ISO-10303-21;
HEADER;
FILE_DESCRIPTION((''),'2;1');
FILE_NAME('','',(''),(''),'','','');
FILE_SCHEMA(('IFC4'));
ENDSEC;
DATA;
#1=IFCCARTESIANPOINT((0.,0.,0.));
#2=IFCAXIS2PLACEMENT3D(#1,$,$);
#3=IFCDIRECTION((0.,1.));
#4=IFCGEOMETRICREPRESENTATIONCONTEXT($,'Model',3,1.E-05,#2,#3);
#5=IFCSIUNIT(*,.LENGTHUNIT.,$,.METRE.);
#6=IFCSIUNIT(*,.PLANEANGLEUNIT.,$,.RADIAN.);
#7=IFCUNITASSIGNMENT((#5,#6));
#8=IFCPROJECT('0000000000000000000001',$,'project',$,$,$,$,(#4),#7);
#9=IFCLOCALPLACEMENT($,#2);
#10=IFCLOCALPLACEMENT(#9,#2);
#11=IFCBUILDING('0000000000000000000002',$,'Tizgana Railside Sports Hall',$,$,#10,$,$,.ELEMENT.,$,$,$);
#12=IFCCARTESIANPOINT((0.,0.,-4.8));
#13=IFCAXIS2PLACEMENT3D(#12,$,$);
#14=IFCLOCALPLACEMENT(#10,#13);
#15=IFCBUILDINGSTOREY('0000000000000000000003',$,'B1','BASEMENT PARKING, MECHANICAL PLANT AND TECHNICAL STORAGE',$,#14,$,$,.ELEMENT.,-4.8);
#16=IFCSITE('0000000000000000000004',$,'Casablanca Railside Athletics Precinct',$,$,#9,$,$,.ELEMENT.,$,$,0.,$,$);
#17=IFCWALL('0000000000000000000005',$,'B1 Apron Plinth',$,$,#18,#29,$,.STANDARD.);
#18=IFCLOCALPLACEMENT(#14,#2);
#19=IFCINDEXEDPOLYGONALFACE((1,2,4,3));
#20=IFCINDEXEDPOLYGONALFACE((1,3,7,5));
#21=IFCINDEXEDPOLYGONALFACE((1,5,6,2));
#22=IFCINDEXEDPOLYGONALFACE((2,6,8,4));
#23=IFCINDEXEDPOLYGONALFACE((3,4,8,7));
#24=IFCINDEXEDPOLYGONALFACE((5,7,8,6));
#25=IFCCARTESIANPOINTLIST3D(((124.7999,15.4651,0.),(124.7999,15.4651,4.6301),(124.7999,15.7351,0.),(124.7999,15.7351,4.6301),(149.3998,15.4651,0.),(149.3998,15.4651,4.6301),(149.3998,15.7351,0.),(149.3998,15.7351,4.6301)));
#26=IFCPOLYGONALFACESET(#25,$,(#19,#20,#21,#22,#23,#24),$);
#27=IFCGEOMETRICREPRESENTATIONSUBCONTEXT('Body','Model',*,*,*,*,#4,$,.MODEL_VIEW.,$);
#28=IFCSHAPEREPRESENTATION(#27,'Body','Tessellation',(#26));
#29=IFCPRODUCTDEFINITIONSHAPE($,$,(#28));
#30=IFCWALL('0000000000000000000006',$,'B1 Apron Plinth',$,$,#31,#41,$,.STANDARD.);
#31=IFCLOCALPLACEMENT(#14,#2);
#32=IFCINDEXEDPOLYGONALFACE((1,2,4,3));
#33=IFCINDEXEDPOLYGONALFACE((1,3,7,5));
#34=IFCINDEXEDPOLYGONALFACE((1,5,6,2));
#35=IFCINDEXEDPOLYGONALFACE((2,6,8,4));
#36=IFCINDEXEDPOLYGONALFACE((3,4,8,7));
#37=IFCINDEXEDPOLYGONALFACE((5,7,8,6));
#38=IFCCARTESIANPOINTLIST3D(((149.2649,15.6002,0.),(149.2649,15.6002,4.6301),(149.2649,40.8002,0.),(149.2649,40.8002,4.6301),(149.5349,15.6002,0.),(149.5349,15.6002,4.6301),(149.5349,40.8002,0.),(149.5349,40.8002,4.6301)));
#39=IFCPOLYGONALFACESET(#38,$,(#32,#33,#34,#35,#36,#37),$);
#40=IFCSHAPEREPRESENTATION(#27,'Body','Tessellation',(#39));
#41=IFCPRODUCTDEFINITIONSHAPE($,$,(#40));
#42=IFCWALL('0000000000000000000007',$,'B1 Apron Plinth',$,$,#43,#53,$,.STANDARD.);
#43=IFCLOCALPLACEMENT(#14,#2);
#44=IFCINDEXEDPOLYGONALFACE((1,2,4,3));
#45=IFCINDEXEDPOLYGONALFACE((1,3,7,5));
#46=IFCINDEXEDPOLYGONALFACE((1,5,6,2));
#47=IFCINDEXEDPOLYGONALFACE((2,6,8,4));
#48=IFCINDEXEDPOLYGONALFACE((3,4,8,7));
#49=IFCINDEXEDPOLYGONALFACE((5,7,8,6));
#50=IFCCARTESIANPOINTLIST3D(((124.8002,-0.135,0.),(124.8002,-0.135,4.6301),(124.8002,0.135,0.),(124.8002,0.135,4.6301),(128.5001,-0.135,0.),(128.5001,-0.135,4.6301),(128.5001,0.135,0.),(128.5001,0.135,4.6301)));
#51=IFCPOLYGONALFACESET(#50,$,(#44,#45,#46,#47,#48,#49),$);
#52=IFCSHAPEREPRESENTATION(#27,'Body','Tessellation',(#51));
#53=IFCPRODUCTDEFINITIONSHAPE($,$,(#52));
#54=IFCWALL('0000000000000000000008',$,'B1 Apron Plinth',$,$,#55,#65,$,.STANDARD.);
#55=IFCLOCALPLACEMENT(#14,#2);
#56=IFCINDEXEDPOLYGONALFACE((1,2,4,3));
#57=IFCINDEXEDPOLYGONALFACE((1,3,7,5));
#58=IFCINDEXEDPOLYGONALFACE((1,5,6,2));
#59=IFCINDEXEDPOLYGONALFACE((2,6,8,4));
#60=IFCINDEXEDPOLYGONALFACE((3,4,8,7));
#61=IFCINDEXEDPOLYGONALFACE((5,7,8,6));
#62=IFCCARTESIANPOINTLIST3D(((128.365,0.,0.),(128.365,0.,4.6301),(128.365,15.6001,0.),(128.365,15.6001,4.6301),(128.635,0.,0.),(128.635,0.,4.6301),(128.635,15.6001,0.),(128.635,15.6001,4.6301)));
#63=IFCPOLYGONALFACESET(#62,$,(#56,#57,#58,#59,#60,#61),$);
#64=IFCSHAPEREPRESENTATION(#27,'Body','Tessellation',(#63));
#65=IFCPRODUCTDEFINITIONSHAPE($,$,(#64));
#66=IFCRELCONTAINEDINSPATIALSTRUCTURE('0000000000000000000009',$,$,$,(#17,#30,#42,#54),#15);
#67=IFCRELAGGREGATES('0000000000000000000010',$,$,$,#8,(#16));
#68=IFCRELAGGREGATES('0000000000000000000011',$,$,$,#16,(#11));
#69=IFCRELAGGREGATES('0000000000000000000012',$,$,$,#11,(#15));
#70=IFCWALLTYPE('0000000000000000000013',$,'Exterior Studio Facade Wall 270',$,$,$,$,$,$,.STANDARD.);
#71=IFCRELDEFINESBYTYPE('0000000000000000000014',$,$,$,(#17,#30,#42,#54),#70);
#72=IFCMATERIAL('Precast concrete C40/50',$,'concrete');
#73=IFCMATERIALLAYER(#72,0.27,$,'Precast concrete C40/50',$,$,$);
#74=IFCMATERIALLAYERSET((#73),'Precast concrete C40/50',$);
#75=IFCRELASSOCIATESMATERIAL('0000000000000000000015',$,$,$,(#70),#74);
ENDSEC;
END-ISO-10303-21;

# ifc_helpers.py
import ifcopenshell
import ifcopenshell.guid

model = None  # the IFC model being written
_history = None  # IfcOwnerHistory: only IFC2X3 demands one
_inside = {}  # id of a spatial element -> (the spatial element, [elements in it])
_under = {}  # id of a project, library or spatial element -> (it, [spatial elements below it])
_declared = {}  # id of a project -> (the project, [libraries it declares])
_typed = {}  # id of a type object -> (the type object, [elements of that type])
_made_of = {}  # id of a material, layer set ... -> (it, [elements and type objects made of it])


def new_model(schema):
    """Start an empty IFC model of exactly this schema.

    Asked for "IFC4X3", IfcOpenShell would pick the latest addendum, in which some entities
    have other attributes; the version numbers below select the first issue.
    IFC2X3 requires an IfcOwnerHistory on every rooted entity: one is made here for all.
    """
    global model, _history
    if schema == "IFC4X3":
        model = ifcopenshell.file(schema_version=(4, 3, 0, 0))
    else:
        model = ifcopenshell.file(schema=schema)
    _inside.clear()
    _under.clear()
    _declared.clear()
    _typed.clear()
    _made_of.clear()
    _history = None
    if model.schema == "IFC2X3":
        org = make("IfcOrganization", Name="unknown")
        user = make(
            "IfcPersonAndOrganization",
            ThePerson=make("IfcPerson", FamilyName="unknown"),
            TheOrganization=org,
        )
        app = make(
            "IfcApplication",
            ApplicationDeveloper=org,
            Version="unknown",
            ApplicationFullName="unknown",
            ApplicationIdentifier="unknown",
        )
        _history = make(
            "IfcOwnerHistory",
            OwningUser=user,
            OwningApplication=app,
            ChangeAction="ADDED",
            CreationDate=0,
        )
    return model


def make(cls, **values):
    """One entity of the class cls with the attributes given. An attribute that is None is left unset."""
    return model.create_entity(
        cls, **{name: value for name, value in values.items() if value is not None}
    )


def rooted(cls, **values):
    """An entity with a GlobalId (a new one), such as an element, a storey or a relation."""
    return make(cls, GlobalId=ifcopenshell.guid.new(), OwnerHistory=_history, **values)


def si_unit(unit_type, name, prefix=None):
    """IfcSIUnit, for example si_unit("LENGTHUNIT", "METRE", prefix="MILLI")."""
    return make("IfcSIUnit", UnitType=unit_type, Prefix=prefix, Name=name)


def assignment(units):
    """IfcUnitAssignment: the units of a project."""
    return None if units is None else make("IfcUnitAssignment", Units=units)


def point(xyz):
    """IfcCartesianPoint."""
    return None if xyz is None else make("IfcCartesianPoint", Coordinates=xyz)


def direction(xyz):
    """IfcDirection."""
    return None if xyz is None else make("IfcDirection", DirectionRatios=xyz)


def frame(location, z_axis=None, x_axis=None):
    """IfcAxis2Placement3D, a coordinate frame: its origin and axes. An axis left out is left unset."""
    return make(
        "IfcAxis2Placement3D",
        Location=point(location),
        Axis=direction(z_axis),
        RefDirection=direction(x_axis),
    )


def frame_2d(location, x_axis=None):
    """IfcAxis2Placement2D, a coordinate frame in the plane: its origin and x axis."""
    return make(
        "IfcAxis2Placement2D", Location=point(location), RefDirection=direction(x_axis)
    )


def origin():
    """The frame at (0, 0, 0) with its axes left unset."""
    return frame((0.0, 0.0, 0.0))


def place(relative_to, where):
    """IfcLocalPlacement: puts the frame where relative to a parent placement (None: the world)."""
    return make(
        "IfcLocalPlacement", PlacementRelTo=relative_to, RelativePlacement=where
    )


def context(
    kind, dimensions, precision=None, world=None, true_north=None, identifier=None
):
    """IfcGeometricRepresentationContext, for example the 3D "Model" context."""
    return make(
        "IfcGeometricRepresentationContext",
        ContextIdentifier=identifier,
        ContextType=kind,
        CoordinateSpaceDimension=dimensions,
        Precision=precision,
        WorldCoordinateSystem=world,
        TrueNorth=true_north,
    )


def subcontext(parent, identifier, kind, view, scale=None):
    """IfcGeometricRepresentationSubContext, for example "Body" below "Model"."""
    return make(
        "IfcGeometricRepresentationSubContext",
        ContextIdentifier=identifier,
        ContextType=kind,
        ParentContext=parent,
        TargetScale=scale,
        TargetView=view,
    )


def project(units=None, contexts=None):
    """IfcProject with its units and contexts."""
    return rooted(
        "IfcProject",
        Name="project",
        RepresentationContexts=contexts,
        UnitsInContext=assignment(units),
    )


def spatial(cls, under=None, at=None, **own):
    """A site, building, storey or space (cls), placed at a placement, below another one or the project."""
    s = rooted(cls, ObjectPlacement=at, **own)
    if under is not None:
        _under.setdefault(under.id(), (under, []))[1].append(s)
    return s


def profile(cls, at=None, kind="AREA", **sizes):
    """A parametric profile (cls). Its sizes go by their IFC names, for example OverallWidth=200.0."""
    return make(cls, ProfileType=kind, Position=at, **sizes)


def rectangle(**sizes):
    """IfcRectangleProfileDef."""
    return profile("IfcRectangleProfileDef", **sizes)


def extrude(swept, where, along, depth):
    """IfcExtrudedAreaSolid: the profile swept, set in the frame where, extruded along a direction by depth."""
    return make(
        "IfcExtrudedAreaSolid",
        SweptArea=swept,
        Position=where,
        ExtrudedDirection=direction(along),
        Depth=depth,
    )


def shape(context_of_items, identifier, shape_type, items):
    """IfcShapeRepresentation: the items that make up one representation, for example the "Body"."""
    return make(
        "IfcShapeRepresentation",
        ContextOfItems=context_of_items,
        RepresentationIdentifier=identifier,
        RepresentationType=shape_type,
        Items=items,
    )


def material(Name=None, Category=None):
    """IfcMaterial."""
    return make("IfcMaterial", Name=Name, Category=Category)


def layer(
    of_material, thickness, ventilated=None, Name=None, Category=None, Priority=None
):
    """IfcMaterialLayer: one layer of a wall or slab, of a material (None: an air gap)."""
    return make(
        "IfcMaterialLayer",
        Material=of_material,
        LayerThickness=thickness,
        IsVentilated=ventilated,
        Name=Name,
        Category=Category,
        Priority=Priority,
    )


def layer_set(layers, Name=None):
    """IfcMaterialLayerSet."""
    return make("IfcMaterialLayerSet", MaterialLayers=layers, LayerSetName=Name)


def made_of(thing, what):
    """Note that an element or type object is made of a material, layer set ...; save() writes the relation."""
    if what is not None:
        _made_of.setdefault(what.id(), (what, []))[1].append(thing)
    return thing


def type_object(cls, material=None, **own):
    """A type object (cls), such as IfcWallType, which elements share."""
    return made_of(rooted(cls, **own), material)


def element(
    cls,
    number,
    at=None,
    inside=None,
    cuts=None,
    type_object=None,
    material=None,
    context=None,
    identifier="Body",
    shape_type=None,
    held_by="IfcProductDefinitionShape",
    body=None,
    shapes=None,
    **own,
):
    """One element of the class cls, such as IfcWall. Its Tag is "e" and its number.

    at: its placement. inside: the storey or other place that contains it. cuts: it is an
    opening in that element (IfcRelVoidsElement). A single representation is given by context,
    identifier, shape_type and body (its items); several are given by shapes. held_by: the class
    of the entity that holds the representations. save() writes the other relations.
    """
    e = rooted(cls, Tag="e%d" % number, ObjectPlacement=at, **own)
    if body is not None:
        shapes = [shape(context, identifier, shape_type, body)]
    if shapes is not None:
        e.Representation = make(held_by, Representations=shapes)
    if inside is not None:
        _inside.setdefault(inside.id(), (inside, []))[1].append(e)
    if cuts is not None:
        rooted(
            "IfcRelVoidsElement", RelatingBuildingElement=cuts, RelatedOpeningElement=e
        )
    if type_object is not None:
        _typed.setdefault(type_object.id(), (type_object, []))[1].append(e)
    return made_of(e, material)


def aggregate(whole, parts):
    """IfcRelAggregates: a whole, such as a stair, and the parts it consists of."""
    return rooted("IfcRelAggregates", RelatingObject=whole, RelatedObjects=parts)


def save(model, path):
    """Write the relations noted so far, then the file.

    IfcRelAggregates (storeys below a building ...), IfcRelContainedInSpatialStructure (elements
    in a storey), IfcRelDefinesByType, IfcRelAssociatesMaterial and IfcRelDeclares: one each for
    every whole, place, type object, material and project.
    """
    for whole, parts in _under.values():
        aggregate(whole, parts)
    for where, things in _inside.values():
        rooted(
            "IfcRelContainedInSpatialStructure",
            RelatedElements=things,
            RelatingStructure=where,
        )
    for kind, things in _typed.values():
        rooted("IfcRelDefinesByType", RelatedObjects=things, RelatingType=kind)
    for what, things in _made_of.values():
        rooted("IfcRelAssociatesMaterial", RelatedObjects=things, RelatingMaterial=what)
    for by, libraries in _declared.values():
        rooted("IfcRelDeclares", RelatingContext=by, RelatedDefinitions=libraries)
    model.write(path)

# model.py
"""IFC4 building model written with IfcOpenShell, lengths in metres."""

from ifc_helpers import new_model, si_unit, direction, frame, frame_2d, origin, place, context, subcontext, project, spatial, rectangle, extrude, material, layer, layer_set, type_object, element, save


model = new_model("IFC4")

# Units and contexts
model_context = context("Model", 3, precision=1e-05, world=origin(), true_north=direction((0.0, 1.0)))
body_context = subcontext(model_context, "Body", "Model", "MODEL_VIEW")
ifc_project = project(units=[si_unit("LENGTHUNIT", "METRE"), si_unit("PLANEANGLEUNIT", "RADIAN")], contexts=[model_context])

# Site, building, storey
site_placement = place(None, origin())
site = spatial("IfcSite", under=ifc_project, at=site_placement, Name="Casablanca Railside Athletics Precinct", CompositionType="ELEMENT", RefElevation=0.0)
building_placement = place(site_placement, origin())
building = spatial("IfcBuilding", under=site, at=building_placement, Name="Tizgana Railside Sports Hall", CompositionType="ELEMENT")
storey_placement = place(building_placement, frame((0.0, 0.0, -4.8)))
storey = spatial("IfcBuildingStorey", under=building, at=storey_placement, Name="B1", Description="BASEMENT PARKING, MECHANICAL PLANT AND TECHNICAL STORAGE", CompositionType="ELEMENT", Elevation=-4.8)

# Walls
ifc_material_1 = material(Name="Precast concrete C40/50", Category="concrete")
ifc_layer_1 = layer(ifc_material_1, 0.27, Name="Precast concrete C40/50")
ifc_layer_set_1 = layer_set([ifc_layer_1], Name="Precast concrete C40/50")
wall_type_1 = type_object("IfcWallType", Name="Exterior Studio Facade Wall 270", PredefinedType="STANDARD", material=ifc_layer_set_1)
wall_1_placement = place(storey_placement, frame((124.8, 15.6001, 0.0), z_axis=(0.0, 0.0, 1.0), x_axis=(1.0, 0.0, 0.0)))
element("IfcWall", 1, at=wall_1_placement, inside=storey, type_object=wall_type_1, Name="B1 Apron Plinth", PredefinedType="STANDARD", context=body_context, shape_type="SweptSolid", body=[
    extrude(rectangle(XDim=24.5999, YDim=0.27, at=frame_2d((12.2998, 0.0))), origin(), (0.0, 0.0, 1.0), 4.6301),
])
wall_2_placement = place(storey_placement, frame((149.3999, 15.6001, 0.0), z_axis=(0.0, 0.0, 1.0), x_axis=(0.0, 1.0, 0.0)))
element("IfcWall", 2, at=wall_2_placement, inside=storey, type_object=wall_type_1, Name="B1 Apron Plinth", PredefinedType="STANDARD", context=body_context, shape_type="SweptSolid", body=[
    extrude(rectangle(XDim=25.2, YDim=0.27, at=frame_2d((12.6001, 0.0))), origin(), (0.0, 0.0, 1.0), 4.6301),
])
wall_3_placement = place(storey_placement, frame((124.8, 0.0, 0.0), z_axis=(0.0, 0.0, 1.0), x_axis=(1.0, 0.0, 0.0)))
element("IfcWall", 3, at=wall_3_placement, inside=storey, type_object=wall_type_1, Name="B1 Apron Plinth", PredefinedType="STANDARD", context=body_context, shape_type="SweptSolid", body=[
    extrude(rectangle(XDim=3.7, YDim=0.27, at=frame_2d((1.8501, 0.0))), origin(), (0.0, 0.0, 1.0), 4.6301),
])
wall_4_placement = place(storey_placement, frame((128.5, 0.0, 0.0), z_axis=(0.0, 0.0, 1.0), x_axis=(0.0, 1.0, 0.0)))
element("IfcWall", 4, at=wall_4_placement, inside=storey, type_object=wall_type_1, Name="B1 Apron Plinth", PredefinedType="STANDARD", context=body_context, shape_type="SweptSolid", body=[
    extrude(rectangle(XDim=15.6001, YDim=0.27, at=frame_2d((7.8, 0.0))), origin(), (0.0, 0.0, 1.0), 4.6301),
])

save(model, "model.ifc")
